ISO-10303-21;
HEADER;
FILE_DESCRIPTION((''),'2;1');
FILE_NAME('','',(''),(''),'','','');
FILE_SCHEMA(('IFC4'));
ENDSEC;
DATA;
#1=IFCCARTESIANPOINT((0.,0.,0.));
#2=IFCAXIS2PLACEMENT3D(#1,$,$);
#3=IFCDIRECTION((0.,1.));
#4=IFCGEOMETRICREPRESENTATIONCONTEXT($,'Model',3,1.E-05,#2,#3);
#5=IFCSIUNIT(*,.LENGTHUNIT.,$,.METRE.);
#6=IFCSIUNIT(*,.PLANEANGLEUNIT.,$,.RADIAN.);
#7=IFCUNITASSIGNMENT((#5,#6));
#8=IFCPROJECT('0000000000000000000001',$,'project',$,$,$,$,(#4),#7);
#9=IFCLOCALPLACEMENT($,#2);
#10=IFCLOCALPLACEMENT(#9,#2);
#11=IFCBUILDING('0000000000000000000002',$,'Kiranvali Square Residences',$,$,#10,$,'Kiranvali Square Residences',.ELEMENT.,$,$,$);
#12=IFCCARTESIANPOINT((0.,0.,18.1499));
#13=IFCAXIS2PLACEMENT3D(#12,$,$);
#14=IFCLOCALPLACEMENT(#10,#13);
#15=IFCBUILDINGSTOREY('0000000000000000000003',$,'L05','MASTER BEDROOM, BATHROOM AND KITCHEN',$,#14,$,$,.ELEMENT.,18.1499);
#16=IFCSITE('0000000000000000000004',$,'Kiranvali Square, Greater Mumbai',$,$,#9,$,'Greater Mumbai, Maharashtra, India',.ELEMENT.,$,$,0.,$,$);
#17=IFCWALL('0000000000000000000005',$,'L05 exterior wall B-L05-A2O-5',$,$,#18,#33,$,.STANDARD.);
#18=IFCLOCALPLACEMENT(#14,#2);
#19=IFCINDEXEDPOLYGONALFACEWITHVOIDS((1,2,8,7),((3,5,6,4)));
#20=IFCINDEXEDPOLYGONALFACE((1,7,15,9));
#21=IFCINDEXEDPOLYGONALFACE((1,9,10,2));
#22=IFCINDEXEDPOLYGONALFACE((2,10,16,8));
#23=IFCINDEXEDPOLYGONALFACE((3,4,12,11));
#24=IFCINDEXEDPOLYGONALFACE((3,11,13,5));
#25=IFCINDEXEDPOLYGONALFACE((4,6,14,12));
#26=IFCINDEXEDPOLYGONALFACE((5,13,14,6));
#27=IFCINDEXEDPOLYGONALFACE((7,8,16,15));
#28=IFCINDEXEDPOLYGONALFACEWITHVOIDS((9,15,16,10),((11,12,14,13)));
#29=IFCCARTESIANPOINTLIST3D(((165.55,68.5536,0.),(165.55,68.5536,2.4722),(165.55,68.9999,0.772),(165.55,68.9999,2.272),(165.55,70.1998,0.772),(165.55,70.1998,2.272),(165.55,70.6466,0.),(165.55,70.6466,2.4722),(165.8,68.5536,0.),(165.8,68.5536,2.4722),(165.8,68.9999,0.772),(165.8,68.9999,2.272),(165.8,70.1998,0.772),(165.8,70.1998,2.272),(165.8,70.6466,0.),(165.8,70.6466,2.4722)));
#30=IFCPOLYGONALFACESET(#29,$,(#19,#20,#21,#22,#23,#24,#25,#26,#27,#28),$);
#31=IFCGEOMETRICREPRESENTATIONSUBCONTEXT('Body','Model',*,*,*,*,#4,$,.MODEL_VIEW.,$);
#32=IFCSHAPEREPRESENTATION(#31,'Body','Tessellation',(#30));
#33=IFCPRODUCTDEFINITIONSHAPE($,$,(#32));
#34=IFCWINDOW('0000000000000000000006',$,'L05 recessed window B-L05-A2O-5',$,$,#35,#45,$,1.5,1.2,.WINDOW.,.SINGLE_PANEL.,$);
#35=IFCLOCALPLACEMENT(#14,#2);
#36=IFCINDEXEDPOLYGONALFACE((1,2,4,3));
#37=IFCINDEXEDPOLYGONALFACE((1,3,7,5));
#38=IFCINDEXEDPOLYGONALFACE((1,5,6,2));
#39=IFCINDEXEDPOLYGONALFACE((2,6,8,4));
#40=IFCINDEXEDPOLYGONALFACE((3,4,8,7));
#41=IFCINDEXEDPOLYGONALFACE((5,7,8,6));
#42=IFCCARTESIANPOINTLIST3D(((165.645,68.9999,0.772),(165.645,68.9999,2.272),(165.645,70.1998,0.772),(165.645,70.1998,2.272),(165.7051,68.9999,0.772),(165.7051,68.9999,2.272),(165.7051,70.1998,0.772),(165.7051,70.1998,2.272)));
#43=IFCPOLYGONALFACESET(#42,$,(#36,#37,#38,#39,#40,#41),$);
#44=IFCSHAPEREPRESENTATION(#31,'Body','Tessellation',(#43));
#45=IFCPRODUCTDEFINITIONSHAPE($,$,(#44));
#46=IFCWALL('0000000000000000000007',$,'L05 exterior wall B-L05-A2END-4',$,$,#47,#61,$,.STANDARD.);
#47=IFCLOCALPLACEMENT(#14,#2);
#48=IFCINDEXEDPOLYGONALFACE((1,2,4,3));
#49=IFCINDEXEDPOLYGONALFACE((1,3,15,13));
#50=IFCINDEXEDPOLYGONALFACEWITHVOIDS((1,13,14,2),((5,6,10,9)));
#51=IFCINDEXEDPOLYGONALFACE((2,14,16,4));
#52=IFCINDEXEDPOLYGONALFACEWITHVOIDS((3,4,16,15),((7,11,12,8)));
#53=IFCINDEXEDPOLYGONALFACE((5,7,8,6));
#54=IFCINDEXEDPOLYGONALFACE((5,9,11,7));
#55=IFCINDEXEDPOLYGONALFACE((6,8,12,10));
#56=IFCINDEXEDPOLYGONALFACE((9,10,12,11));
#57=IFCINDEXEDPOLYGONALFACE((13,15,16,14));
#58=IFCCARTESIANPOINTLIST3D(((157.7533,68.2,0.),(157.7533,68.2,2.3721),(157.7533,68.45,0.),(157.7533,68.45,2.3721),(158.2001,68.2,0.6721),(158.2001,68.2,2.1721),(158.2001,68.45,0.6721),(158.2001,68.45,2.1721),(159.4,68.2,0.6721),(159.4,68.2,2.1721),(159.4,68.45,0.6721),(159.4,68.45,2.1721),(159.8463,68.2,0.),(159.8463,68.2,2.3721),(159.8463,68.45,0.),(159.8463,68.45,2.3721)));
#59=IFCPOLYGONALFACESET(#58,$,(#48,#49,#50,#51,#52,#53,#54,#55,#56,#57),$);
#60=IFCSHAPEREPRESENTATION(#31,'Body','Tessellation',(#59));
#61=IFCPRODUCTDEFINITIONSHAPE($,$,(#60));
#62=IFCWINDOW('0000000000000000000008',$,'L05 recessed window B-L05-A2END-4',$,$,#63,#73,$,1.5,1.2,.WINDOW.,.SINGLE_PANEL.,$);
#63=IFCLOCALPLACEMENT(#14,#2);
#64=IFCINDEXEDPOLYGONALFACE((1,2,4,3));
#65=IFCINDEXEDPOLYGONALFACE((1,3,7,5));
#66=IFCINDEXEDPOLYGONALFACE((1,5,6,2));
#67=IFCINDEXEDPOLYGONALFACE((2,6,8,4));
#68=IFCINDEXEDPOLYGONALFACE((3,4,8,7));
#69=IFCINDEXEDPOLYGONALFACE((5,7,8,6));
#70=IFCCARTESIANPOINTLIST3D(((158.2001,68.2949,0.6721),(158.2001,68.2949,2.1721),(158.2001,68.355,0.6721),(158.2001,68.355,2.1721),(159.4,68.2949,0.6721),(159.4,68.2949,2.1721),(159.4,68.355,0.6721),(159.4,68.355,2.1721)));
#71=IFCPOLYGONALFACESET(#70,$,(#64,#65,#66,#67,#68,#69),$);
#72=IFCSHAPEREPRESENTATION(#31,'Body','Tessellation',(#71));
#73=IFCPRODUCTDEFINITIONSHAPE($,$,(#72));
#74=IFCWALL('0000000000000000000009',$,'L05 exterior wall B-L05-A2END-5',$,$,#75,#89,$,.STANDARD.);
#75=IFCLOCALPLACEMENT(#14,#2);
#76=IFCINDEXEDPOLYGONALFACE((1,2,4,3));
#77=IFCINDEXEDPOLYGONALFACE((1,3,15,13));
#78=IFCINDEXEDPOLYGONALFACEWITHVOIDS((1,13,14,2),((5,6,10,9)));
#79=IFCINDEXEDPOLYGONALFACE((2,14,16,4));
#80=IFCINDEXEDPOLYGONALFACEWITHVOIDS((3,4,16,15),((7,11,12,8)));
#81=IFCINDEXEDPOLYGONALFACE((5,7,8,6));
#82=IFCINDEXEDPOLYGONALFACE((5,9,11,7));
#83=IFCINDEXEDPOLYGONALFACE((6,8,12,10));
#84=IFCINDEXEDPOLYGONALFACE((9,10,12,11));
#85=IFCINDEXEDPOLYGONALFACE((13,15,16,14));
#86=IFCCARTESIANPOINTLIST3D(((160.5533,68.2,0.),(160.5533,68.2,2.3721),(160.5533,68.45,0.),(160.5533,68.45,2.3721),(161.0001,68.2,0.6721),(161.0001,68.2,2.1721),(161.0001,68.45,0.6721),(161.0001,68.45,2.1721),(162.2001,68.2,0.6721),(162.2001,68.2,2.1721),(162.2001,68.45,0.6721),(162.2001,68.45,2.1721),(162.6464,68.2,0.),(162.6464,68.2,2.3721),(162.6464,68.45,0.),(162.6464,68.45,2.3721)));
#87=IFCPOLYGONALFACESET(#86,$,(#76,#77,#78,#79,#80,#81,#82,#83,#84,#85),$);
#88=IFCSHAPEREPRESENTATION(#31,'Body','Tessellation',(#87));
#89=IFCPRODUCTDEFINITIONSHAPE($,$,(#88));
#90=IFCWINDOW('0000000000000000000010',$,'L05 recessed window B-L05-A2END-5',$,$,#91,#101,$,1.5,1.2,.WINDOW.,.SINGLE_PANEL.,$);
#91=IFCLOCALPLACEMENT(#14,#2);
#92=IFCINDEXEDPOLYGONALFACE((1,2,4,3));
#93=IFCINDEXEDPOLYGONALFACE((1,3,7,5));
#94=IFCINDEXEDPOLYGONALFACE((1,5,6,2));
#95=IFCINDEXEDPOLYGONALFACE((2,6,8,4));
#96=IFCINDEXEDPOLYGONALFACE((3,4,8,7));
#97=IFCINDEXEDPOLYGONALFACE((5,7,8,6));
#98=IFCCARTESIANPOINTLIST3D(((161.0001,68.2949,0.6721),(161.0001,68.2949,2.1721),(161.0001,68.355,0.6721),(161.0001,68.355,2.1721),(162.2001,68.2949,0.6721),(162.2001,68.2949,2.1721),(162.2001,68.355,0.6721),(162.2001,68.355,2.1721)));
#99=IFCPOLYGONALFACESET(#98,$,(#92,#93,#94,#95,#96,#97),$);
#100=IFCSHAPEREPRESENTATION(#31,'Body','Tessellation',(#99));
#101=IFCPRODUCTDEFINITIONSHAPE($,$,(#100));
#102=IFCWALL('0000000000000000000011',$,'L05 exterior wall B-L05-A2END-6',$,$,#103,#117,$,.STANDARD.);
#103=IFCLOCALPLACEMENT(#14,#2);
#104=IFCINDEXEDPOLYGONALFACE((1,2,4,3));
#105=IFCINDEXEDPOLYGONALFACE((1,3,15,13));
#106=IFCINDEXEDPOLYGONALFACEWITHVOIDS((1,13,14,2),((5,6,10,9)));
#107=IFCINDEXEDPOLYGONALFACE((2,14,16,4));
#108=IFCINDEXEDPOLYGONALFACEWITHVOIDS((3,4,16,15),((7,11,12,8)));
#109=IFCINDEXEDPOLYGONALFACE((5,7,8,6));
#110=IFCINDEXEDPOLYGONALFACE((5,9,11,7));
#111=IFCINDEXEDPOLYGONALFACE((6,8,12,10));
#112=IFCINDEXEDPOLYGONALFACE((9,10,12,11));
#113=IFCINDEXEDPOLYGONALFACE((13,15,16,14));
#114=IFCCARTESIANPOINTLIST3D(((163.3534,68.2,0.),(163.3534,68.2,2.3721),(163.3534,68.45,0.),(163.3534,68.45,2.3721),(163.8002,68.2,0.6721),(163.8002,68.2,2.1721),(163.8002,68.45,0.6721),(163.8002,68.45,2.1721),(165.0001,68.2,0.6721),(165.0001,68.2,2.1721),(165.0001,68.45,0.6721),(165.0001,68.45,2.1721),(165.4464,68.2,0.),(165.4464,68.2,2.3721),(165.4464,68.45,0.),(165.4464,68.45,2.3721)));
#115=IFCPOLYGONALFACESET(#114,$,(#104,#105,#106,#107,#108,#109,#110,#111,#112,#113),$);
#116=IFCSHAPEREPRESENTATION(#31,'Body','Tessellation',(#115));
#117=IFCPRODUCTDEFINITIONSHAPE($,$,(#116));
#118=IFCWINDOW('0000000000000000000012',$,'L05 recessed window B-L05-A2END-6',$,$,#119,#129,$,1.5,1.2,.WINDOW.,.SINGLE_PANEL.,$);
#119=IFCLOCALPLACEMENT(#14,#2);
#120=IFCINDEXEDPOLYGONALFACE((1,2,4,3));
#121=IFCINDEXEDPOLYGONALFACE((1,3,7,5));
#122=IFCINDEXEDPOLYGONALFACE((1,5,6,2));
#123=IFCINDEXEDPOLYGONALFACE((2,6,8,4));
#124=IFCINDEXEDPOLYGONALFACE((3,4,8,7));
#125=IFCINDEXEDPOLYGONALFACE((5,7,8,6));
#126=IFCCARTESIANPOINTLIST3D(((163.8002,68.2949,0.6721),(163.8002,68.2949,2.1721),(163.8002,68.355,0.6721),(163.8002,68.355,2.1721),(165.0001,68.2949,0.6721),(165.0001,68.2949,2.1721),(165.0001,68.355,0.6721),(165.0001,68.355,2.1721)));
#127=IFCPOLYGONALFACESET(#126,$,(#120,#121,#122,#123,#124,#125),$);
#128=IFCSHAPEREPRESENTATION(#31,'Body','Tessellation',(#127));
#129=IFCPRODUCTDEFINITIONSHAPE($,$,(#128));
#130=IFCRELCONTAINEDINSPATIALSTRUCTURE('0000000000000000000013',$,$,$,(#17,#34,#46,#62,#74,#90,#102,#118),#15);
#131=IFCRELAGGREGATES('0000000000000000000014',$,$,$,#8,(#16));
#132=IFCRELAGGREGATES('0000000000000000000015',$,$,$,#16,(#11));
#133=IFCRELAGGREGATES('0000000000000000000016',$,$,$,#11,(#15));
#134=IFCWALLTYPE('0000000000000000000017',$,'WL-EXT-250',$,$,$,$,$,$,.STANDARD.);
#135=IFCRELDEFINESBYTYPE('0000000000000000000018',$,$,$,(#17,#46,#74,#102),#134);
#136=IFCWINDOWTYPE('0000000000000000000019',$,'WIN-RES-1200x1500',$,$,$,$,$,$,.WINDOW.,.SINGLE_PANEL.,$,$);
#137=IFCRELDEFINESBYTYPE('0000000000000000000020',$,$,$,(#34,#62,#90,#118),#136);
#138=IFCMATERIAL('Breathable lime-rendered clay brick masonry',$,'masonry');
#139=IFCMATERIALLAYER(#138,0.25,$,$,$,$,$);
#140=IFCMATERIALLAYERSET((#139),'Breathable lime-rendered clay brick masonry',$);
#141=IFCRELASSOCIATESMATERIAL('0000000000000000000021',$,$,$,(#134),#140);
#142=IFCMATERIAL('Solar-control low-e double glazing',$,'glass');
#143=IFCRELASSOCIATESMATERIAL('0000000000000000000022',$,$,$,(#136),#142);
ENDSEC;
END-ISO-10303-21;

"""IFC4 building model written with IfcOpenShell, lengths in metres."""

from ifc_helpers import new_model, si_unit, direction, frame, frame_2d, origin, place, context, subcontext, project, spatial, rectangle, extrude, material, layer, layer_set, type_object, element, fill, save


model = new_model("IFC4")

# Units and contexts
model_context = context("Model", 3, precision=1e-05, world=origin(), true_north=direction((0.0, 1.0)))
body_context = subcontext(model_context, "Body", "Model", "MODEL_VIEW")
ifc_project = project(units=[si_unit("LENGTHUNIT", "METRE"), si_unit("PLANEANGLEUNIT", "RADIAN")], contexts=[model_context])

# Site, building, storey
site_placement = place(None, origin())
site = spatial("IfcSite", under=ifc_project, at=site_placement, Name="Kiranvali Square, Greater Mumbai", LongName="Greater Mumbai, Maharashtra, India", CompositionType="ELEMENT", RefElevation=0.0)
building_placement = place(site_placement, origin())
building = spatial("IfcBuilding", under=site, at=building_placement, Name="Kiranvali Square Residences", LongName="Kiranvali Square Residences", CompositionType="ELEMENT")
storey_placement = place(building_placement, frame((0.0, 0.0, 18.1499)))
storey = spatial("IfcBuildingStorey", under=building, at=storey_placement, Name="L05", Description="MASTER BEDROOM, BATHROOM AND KITCHEN", CompositionType="ELEMENT", Elevation=18.1499)

# Walls, openings, windows
ifc_material_1 = material(Name="Breathable lime-rendered clay brick masonry", Category="masonry")
ifc_layer = layer(ifc_material_1, 0.25)
ifc_layer_set = layer_set([ifc_layer], Name="Breathable lime-rendered clay brick masonry")
wall_type = type_object("IfcWallType", Name="WL-EXT-250", PredefinedType="STANDARD", material=ifc_layer_set)
ifc_material_2 = material(Name="Solar-control low-e double glazing", Category="glass")
window_type = type_object("IfcWindowType", Name="WIN-RES-1200x1500", PartitioningType="SINGLE_PANEL", PredefinedType="WINDOW", material=ifc_material_2)
wall_1_placement = place(storey_placement, frame((165.675, 70.6465, 0.0), z_axis=(0.0, 0.0, 1.0), x_axis=(0.0, -1.0, 0.0)))
wall_1 = element("IfcWall", 1, at=wall_1_placement, inside=storey, type_object=wall_type, Name="L05 exterior wall B-L05-A2O-5", PredefinedType="STANDARD", context=body_context, shape_type="SweptSolid", body=[
    extrude(rectangle(XDim=2.093, YDim=0.25, at=frame_2d((1.0464, 0.0))), origin(), (0.0, 0.0, 1.0), 2.4722),
])
opening_1_placement = place(wall_1_placement, frame((0.4465, 0.0, 0.772)))
opening_1 = element("IfcOpeningElement", 2, at=opening_1_placement, cuts=wall_1, PredefinedType="OPENING", context=body_context, shape_type="SweptSolid", body=[
    extrude(rectangle(XDim=1.2, YDim=1.5, at=frame_2d((0.6001, 0.75))), frame((0.0, 0.135, 0.0), z_axis=(0.0, -1.0, 0.0), x_axis=(1.0, 0.0, 0.0)), (0.0, 0.0, 1.0), 0.27),
])
window_1_placement = place(opening_1_placement, origin())
window_1 = element("IfcWindow", 3, at=window_1_placement, inside=storey, type_object=window_type, Name="L05 recessed window B-L05-A2O-5", OverallHeight=1.5, OverallWidth=1.2, PartitioningType="SINGLE_PANEL", PredefinedType="WINDOW", context=body_context, shape_type="SweptSolid", body=[
    extrude(rectangle(XDim=1.2, YDim=1.5, at=frame_2d((0.6001, 0.75))), frame((0.0, 0.03, 0.0), z_axis=(0.0, -1.0, 0.0), x_axis=(1.0, 0.0, 0.0)), (0.0, 0.0, 1.0), 0.0601),
])
fill(opening_1, window_1)
wall_2_placement = place(storey_placement, frame((157.7534, 68.325, 0.0), z_axis=(0.0, 0.0, 1.0), x_axis=(1.0, 0.0, 0.0)))
wall_2 = element("IfcWall", 4, at=wall_2_placement, inside=storey, type_object=wall_type, Name="L05 exterior wall B-L05-A2END-4", PredefinedType="STANDARD", context=body_context, shape_type="SweptSolid", body=[
    extrude(rectangle(XDim=2.093, YDim=0.25, at=frame_2d((1.0464, 0.0))), origin(), (0.0, 0.0, 1.0), 2.3721),
])
opening_2_placement = place(wall_2_placement, frame((0.4465, 0.0, 0.6721)))
opening_2 = element("IfcOpeningElement", 5, at=opening_2_placement, cuts=wall_2, PredefinedType="OPENING", context=body_context, shape_type="SweptSolid", body=[
    extrude(rectangle(XDim=1.2, YDim=1.5, at=frame_2d((0.6001, 0.75))), frame((0.0, 0.135, 0.0), z_axis=(0.0, -1.0, 0.0), x_axis=(1.0, 0.0, 0.0)), (0.0, 0.0, 1.0), 0.27),
])
window_2_placement = place(opening_2_placement, origin())
window_2 = element("IfcWindow", 6, at=window_2_placement, inside=storey, type_object=window_type, Name="L05 recessed window B-L05-A2END-4", OverallHeight=1.5, OverallWidth=1.2, PartitioningType="SINGLE_PANEL", PredefinedType="WINDOW", context=body_context, shape_type="SweptSolid", body=[
    extrude(rectangle(XDim=1.2, YDim=1.5, at=frame_2d((0.6001, 0.75))), frame((0.0, 0.03, 0.0), z_axis=(0.0, -1.0, 0.0), x_axis=(1.0, 0.0, 0.0)), (0.0, 0.0, 1.0), 0.0601),
])
fill(opening_2, window_2)
wall_3_placement = place(storey_placement, frame((160.5535, 68.325, 0.0), z_axis=(0.0, 0.0, 1.0), x_axis=(1.0, 0.0, 0.0)))
wall_3 = element("IfcWall", 7, at=wall_3_placement, inside=storey, type_object=wall_type, Name="L05 exterior wall B-L05-A2END-5", PredefinedType="STANDARD", context=body_context, shape_type="SweptSolid", body=[
    extrude(rectangle(XDim=2.093, YDim=0.25, at=frame_2d((1.0464, 0.0))), origin(), (0.0, 0.0, 1.0), 2.3721),
])
opening_3_placement = place(wall_3_placement, frame((0.4465, 0.0, 0.6721)))
opening_3 = element("IfcOpeningElement", 8, at=opening_3_placement, cuts=wall_3, PredefinedType="OPENING", context=body_context, shape_type="SweptSolid", body=[
    extrude(rectangle(XDim=1.2, YDim=1.5, at=frame_2d((0.6001, 0.75))), frame((0.0, 0.135, 0.0), z_axis=(0.0, -1.0, 0.0), x_axis=(1.0, 0.0, 0.0)), (0.0, 0.0, 1.0), 0.27),
])
window_3_placement = place(opening_3_placement, origin())
window_3 = element("IfcWindow", 9, at=window_3_placement, inside=storey, type_object=window_type, Name="L05 recessed window B-L05-A2END-5", OverallHeight=1.5, OverallWidth=1.2, PartitioningType="SINGLE_PANEL", PredefinedType="WINDOW", context=body_context, shape_type="SweptSolid", body=[
    extrude(rectangle(XDim=1.2, YDim=1.5, at=frame_2d((0.6001, 0.75))), frame((0.0, 0.03, 0.0), z_axis=(0.0, -1.0, 0.0), x_axis=(1.0, 0.0, 0.0)), (0.0, 0.0, 1.0), 0.0601),
])
fill(opening_3, window_3)
wall_4_placement = place(storey_placement, frame((163.3535, 68.325, 0.0), z_axis=(0.0, 0.0, 1.0), x_axis=(1.0, 0.0, 0.0)))
wall_4 = element("IfcWall", 10, at=wall_4_placement, inside=storey, type_object=wall_type, Name="L05 exterior wall B-L05-A2END-6", PredefinedType="STANDARD", context=body_context, shape_type="SweptSolid", body=[
    extrude(rectangle(XDim=2.093, YDim=0.25, at=frame_2d((1.0464, 0.0))), origin(), (0.0, 0.0, 1.0), 2.3721),
])
opening_4_placement = place(wall_4_placement, frame((0.4465, 0.0, 0.6721)))
opening_4 = element("IfcOpeningElement", 11, at=opening_4_placement, cuts=wall_4, PredefinedType="OPENING", context=body_context, shape_type="SweptSolid", body=[
    extrude(rectangle(XDim=1.2, YDim=1.5, at=frame_2d((0.6001, 0.75))), frame((0.0, 0.135, 0.0), z_axis=(0.0, -1.0, 0.0), x_axis=(1.0, 0.0, 0.0)), (0.0, 0.0, 1.0), 0.27),
])
window_4_placement = place(opening_4_placement, origin())
window_4 = element("IfcWindow", 12, at=window_4_placement, inside=storey, type_object=window_type, Name="L05 recessed window B-L05-A2END-6", OverallHeight=1.5, OverallWidth=1.2, PartitioningType="SINGLE_PANEL", PredefinedType="WINDOW", context=body_context, shape_type="SweptSolid", body=[
    extrude(rectangle(XDim=1.2, YDim=1.5, at=frame_2d((0.6001, 0.75))), frame((0.0, 0.03, 0.0), z_axis=(0.0, -1.0, 0.0), x_axis=(1.0, 0.0, 0.0)), (0.0, 0.0, 1.0), 0.0601),
])
fill(opening_4, window_4)

save(model, "model.ifc")
